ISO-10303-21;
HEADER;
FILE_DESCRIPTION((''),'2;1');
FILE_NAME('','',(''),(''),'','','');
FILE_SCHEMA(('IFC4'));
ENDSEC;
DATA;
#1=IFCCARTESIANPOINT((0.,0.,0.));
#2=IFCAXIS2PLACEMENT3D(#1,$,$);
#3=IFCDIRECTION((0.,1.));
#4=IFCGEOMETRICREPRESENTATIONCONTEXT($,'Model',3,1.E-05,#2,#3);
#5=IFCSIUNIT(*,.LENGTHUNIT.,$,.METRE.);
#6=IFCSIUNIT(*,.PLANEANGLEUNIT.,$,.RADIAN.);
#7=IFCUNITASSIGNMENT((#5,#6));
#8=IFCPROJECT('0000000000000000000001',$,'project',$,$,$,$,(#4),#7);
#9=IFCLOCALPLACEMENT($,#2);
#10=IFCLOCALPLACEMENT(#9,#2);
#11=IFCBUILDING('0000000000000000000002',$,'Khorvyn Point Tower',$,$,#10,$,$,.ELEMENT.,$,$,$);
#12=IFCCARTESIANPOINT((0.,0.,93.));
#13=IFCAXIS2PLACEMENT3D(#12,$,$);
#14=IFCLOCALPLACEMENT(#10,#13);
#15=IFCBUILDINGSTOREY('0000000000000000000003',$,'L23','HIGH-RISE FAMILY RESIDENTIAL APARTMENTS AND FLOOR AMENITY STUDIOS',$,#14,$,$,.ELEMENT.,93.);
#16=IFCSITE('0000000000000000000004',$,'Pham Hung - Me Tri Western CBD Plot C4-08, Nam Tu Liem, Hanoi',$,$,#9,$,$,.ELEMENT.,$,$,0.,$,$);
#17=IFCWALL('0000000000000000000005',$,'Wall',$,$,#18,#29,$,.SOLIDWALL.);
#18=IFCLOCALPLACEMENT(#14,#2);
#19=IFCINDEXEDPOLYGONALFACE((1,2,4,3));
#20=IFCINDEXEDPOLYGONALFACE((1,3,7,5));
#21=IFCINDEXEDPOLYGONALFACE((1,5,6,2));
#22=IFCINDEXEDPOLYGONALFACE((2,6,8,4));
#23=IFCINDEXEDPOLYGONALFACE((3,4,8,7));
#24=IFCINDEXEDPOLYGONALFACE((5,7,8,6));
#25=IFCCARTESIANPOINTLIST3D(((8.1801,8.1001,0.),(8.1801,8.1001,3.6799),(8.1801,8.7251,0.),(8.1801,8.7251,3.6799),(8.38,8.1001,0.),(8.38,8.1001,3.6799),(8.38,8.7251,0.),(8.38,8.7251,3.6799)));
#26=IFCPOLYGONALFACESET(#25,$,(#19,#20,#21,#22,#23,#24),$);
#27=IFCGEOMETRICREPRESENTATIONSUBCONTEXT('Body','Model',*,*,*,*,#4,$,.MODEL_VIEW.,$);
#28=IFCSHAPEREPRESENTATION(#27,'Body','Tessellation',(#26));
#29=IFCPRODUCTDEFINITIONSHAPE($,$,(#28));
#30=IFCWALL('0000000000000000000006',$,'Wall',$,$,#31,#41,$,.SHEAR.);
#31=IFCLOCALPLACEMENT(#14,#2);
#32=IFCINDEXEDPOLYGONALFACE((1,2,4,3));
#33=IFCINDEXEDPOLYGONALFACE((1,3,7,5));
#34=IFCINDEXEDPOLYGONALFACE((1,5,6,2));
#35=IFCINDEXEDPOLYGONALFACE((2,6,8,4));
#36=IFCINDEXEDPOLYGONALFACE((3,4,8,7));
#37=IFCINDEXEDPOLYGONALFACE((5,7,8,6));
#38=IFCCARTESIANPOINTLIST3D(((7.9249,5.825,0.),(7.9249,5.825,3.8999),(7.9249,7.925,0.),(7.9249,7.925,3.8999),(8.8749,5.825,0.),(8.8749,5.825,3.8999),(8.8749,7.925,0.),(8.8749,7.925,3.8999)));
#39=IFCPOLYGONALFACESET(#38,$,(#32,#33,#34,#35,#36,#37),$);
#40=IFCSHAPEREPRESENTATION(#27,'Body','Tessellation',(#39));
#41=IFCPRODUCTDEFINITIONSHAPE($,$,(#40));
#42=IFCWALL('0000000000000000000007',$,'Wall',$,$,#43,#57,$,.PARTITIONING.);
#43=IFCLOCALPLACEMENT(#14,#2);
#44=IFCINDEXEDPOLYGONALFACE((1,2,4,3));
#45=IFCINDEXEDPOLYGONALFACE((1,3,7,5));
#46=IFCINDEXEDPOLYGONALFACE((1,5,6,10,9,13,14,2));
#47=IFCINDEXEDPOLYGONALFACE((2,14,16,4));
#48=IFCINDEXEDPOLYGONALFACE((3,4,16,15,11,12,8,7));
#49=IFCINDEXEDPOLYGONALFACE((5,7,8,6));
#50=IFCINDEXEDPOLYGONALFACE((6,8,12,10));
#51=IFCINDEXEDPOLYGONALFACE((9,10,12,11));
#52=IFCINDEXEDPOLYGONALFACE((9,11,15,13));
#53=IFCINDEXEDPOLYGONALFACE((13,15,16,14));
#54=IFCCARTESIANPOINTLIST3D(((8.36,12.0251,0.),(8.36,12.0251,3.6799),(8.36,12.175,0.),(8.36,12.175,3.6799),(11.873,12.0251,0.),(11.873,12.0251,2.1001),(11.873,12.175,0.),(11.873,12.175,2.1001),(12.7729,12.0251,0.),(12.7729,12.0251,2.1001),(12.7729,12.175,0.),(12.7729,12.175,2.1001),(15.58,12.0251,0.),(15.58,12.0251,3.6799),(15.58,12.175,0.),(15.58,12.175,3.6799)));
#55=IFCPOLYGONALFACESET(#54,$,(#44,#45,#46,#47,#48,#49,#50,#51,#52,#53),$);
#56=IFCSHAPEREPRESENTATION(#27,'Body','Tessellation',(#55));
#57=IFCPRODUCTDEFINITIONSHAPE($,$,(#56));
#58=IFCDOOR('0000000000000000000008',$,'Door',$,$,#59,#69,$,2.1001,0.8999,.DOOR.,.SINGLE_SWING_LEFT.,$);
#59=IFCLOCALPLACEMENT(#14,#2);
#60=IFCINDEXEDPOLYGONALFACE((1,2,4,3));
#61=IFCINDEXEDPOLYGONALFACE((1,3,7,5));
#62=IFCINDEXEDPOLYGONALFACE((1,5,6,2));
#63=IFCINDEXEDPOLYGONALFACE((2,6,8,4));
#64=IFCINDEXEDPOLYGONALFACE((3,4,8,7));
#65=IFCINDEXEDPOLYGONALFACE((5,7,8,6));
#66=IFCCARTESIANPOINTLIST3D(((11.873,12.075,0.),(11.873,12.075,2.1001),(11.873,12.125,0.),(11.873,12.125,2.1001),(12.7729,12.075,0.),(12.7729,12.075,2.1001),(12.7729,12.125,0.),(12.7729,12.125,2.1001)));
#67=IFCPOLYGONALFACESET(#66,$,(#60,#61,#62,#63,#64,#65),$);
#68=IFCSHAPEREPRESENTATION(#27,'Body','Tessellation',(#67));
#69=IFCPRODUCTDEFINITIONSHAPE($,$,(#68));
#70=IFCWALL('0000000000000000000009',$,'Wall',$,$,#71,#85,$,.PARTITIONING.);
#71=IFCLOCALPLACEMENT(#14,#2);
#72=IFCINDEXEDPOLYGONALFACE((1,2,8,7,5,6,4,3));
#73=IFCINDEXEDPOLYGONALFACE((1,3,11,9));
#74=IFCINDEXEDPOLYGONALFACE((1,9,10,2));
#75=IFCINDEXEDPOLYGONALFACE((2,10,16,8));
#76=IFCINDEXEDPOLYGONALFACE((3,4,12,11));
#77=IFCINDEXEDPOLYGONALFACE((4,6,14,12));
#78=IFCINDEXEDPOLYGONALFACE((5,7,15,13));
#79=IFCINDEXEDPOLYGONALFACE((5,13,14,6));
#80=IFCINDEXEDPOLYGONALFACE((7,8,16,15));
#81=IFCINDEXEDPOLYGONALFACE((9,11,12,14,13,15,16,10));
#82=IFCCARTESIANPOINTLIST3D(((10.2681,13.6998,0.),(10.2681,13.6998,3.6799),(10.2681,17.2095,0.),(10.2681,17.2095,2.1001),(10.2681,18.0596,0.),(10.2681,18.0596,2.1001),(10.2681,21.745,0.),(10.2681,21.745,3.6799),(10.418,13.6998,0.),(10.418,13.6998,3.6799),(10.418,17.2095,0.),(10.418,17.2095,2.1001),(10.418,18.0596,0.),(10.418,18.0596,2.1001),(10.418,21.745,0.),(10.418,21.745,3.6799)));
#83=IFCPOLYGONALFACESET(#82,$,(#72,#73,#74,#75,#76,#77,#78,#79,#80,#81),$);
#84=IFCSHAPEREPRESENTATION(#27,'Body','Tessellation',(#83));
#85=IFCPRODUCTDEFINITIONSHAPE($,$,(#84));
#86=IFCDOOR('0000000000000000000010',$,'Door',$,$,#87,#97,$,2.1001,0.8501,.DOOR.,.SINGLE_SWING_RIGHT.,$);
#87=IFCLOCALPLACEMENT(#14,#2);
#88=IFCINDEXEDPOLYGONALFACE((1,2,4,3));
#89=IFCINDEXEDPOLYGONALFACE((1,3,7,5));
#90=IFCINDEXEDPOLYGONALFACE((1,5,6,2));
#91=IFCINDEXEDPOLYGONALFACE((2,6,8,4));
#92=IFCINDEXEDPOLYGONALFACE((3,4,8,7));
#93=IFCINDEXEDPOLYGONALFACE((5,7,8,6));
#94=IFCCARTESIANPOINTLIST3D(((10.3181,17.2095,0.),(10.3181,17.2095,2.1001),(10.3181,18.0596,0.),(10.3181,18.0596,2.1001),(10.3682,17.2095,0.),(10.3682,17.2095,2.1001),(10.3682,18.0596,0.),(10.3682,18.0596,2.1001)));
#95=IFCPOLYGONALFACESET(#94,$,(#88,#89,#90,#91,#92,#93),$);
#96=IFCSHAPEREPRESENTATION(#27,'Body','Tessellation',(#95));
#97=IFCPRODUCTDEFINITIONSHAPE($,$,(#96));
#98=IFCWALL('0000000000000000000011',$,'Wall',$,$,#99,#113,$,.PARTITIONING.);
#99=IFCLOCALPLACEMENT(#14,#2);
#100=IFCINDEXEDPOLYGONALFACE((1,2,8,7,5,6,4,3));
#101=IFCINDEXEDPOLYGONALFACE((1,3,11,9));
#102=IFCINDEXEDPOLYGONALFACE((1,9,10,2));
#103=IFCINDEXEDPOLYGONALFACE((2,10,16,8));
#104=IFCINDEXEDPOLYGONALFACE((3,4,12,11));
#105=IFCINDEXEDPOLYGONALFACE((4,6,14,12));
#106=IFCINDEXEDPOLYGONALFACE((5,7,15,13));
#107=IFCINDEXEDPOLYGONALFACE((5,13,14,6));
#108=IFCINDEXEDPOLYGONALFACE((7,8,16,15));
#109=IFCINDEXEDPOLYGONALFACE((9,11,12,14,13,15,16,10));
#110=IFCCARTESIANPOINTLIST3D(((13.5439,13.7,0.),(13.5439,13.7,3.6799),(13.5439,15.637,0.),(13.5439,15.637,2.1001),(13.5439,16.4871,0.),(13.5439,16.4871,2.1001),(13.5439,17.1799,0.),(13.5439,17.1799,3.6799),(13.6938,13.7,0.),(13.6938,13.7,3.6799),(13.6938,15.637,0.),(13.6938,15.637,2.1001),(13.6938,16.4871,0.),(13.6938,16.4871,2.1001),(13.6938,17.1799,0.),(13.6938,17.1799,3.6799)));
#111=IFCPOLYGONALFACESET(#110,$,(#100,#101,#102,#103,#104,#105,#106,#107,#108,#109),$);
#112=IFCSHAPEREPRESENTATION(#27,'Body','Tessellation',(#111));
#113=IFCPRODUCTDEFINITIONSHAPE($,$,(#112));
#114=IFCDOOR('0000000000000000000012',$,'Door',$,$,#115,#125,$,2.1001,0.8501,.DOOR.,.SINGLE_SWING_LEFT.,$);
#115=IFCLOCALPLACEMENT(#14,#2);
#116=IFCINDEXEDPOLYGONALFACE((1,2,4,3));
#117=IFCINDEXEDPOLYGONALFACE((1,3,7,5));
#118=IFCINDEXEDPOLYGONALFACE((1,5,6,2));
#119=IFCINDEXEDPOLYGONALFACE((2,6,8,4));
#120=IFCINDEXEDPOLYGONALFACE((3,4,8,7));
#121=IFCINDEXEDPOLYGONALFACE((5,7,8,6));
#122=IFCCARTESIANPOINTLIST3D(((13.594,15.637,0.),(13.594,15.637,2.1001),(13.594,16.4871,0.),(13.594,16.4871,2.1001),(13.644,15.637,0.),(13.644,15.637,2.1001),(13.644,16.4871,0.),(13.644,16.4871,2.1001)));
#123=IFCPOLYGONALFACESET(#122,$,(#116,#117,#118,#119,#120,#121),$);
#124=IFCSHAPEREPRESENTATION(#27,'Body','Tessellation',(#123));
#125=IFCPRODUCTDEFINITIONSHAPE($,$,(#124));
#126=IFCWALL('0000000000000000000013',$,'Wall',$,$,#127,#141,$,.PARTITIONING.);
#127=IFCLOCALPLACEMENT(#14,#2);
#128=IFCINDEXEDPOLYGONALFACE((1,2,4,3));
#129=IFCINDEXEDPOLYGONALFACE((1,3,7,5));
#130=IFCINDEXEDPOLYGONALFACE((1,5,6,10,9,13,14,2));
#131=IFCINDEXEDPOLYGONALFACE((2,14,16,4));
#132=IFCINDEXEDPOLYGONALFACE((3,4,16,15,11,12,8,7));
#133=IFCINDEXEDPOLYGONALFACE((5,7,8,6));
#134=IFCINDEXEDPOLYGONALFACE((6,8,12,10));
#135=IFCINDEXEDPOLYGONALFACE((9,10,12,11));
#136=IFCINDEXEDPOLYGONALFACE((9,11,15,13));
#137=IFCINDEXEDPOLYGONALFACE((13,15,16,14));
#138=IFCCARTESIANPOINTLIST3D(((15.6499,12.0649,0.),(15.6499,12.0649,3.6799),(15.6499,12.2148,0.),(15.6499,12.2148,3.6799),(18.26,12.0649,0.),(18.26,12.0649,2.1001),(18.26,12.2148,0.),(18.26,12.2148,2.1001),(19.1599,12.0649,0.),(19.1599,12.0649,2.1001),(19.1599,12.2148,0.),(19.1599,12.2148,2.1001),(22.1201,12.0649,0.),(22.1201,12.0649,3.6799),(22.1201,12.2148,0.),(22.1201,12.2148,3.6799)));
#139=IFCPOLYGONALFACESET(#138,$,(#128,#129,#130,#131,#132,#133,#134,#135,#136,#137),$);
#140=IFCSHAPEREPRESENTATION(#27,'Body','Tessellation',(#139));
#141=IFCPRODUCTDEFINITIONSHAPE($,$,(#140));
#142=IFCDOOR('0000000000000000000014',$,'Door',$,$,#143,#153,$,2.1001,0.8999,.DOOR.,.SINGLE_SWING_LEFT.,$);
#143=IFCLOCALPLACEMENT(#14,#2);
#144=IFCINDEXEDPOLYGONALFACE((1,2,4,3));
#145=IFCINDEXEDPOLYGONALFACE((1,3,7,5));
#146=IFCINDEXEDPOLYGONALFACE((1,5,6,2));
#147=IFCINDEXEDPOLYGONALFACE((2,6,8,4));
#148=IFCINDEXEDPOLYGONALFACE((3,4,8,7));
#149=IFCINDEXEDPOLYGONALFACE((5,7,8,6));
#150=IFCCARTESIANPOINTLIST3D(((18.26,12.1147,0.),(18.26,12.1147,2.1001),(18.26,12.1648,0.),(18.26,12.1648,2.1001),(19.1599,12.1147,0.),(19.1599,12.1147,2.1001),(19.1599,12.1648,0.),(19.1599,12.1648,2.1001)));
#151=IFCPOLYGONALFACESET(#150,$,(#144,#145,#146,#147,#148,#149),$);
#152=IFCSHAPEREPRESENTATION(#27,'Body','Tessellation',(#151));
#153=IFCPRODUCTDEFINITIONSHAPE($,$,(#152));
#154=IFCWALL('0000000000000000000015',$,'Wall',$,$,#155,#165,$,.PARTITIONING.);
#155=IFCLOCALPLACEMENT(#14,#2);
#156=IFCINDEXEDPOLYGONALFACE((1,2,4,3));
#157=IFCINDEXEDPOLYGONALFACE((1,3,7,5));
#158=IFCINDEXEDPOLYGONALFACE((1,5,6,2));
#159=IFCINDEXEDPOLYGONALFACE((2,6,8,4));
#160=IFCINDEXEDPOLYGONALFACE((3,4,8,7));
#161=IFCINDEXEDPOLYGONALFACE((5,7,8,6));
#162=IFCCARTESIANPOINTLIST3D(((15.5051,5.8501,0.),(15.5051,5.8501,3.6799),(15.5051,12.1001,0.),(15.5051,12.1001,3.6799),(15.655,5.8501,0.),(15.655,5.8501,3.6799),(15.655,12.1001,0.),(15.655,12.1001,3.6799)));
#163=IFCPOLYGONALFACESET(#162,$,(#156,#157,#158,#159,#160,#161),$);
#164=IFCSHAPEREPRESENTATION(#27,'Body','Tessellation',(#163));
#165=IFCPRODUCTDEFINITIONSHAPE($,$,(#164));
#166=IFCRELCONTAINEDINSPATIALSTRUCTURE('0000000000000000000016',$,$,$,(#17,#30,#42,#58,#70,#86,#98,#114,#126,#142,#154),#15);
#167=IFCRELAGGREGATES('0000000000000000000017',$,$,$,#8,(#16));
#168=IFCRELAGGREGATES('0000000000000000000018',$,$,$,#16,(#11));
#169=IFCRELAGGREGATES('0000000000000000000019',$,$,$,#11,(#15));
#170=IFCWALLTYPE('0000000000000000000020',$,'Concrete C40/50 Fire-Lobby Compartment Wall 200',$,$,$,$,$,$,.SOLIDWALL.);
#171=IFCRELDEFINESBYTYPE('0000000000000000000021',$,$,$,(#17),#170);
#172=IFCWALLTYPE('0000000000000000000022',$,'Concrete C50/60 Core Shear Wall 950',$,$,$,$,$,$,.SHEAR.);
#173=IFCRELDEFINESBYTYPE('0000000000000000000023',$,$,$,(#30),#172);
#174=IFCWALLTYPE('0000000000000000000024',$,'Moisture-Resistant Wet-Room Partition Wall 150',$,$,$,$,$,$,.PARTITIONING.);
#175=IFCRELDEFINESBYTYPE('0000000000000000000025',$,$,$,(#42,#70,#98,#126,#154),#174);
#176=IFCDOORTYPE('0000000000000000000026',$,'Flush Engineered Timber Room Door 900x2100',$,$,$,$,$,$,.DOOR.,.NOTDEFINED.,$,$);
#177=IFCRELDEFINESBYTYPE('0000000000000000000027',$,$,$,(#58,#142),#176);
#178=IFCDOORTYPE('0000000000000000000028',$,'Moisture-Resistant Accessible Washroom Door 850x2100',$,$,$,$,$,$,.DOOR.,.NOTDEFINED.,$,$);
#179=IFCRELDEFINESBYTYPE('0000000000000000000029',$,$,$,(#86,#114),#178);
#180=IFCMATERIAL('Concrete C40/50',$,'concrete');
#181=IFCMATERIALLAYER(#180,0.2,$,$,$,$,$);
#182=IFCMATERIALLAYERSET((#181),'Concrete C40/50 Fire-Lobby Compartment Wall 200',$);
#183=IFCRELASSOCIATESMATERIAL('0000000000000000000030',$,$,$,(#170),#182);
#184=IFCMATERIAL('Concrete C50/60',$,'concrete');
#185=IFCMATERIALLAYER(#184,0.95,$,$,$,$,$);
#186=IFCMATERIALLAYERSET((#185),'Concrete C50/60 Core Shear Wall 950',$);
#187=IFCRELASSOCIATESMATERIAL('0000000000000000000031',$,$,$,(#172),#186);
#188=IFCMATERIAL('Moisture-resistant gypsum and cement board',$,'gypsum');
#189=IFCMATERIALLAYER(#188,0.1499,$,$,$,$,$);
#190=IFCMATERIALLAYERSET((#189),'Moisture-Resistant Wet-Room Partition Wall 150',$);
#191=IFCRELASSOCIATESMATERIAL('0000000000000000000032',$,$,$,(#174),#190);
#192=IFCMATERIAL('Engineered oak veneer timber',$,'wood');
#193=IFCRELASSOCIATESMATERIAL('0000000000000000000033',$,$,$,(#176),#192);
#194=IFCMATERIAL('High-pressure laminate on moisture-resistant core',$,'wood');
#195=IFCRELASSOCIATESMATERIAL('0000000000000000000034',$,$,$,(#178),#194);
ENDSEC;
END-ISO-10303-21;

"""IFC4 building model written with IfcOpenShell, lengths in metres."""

from ifc_helpers import new_model, si_unit, direction, frame, frame_2d, origin, place, context, subcontext, project, spatial, rectangle, extrude, material, layer, layer_set, type_object, element, fill, save


model = new_model("IFC4")

# Units and contexts
model_context = context("Model", 3, precision=1e-05, world=origin(), true_north=direction((0.0, 1.0)))
body_context = subcontext(model_context, "Body", "Model", "MODEL_VIEW")
ifc_project = project(units=[si_unit("LENGTHUNIT", "METRE"), si_unit("PLANEANGLEUNIT", "RADIAN")], contexts=[model_context])

# Site, building, storey
site_placement = place(None, origin())
site = spatial("IfcSite", under=ifc_project, at=site_placement, Name="Pham Hung - Me Tri Western CBD Plot C4-08, Nam Tu Liem, Hanoi", CompositionType="ELEMENT", RefElevation=0.0)
building_placement = place(site_placement, origin())
building = spatial("IfcBuilding", under=site, at=building_placement, Name="Khorvyn Point Tower", CompositionType="ELEMENT")
storey_placement = place(building_placement, frame((0.0, 0.0, 93.0)))
storey = spatial("IfcBuildingStorey", under=building, at=storey_placement, Name="L23", Description="HIGH-RISE FAMILY RESIDENTIAL APARTMENTS AND FLOOR AMENITY STUDIOS", CompositionType="ELEMENT", Elevation=93.0)

# Shared definitions
ifc_material_1 = material(Name="Concrete C50/60", Category="concrete")

# Walls
ifc_material_2 = material(Name="Concrete C40/50", Category="concrete")
ifc_layer_1 = layer(ifc_material_2, 0.2)
ifc_layer_set_1 = layer_set([ifc_layer_1], Name="Concrete C40/50 Fire-Lobby Compartment Wall 200")
wall_type_1 = type_object("IfcWallType", Name="Concrete C40/50 Fire-Lobby Compartment Wall 200", PredefinedType="SOLIDWALL", material=ifc_layer_set_1)
wall_1_placement = place(storey_placement, frame((8.28, 8.1001, 0.0), z_axis=(0.0, 0.0, 1.0), x_axis=(0.0, 1.0, 0.0)))
element("IfcWall", 1, at=wall_1_placement, inside=storey, type_object=wall_type_1, Name="Wall", PredefinedType="SOLIDWALL", context=body_context, shape_type="SweptSolid", body=[
    extrude(rectangle(XDim=0.625, YDim=0.2, at=frame_2d((0.3125, 0.0))), origin(), (0.0, 0.0, 1.0), 3.6799),
])
ifc_layer_2 = layer(ifc_material_1, 0.95)
ifc_layer_set_2 = layer_set([ifc_layer_2], Name="Concrete C50/60 Core Shear Wall 950")
wall_type_2 = type_object("IfcWallType", Name="Concrete C50/60 Core Shear Wall 950", PredefinedType="SHEAR", material=ifc_layer_set_2)
wall_2_placement = place(storey_placement, frame((8.3999, 5.825, 0.0), z_axis=(0.0, 0.0, 1.0), x_axis=(0.0, 1.0, 0.0)))
element("IfcWall", 2, at=wall_2_placement, inside=storey, type_object=wall_type_2, Name="Wall", PredefinedType="SHEAR", context=body_context, shape_type="SweptSolid", body=[
    extrude(rectangle(XDim=2.1001, YDim=0.95, at=frame_2d((1.05, 0.0))), origin(), (0.0, 0.0, 1.0), 3.8999),
])

# Walls, openings, doors
ifc_material_3 = material(Name="Moisture-resistant gypsum and cement board", Category="gypsum")
ifc_layer_3 = layer(ifc_material_3, 0.1499)
ifc_layer_set_3 = layer_set([ifc_layer_3], Name="Moisture-Resistant Wet-Room Partition Wall 150")
wall_type_3 = type_object("IfcWallType", Name="Moisture-Resistant Wet-Room Partition Wall 150", PredefinedType="PARTITIONING", material=ifc_layer_set_3)
wall_3_placement = place(storey_placement, frame((8.3601, 12.1001, 0.0), z_axis=(0.0, 0.0, 1.0), x_axis=(1.0, 0.0, 0.0)))
wall_3 = element("IfcWall", 3, at=wall_3_placement, inside=storey, type_object=wall_type_3, Name="Wall", PredefinedType="PARTITIONING", context=body_context, shape_type="SweptSolid", body=[
    extrude(rectangle(XDim=7.22, YDim=0.1499, at=frame_2d((3.6099, 0.0))), origin(), (0.0, 0.0, 1.0), 3.6799),
])
opening_1_placement = place(wall_3_placement, frame((3.5129, 0.0, 0.0)))
opening_1 = element("IfcOpeningElement", 4, at=opening_1_placement, cuts=wall_3, PredefinedType="OPENING", context=body_context, shape_type="SweptSolid", body=[
    extrude(rectangle(XDim=0.8999, YDim=2.1001, at=frame_2d((0.45, 1.05))), frame((0.0, 0.085, 0.0), z_axis=(0.0, -1.0, 0.0), x_axis=(1.0, 0.0, 0.0)), (0.0, 0.0, 1.0), 0.1699),
])
ifc_material_4 = material(Name="Engineered oak veneer timber", Category="wood")
door_type_1 = type_object("IfcDoorType", Name="Flush Engineered Timber Room Door 900x2100", OperationType="NOTDEFINED", PredefinedType="DOOR", material=ifc_material_4)
door_1_placement = place(opening_1_placement, origin())
door_1 = element("IfcDoor", 5, at=door_1_placement, inside=storey, type_object=door_type_1, Name="Door", OperationType="SINGLE_SWING_LEFT", OverallHeight=2.1001, OverallWidth=0.8999, PredefinedType="DOOR", context=body_context, shape_type="SweptSolid", body=[
    extrude(rectangle(XDim=0.8999, YDim=2.1001, at=frame_2d((0.45, 1.05))), frame((0.0, 0.0249, 0.0), z_axis=(0.0, -1.0, 0.0), x_axis=(1.0, 0.0, 0.0)), (0.0, 0.0, 1.0), 0.05),
])
fill(opening_1, door_1)
wall_4_placement = place(storey_placement, frame((10.343, 13.7, 0.0), z_axis=(0.0, 0.0, 1.0), x_axis=(0.0, 1.0, 0.0)))
wall_4 = element("IfcWall", 6, at=wall_4_placement, inside=storey, type_object=wall_type_3, Name="Wall", PredefinedType="PARTITIONING", context=body_context, shape_type="SweptSolid", body=[
    extrude(rectangle(XDim=8.0452, YDim=0.1499, at=frame_2d((4.0225, 0.0))), origin(), (0.0, 0.0, 1.0), 3.6799),
])
opening_2_placement = place(wall_4_placement, frame((3.5095, 0.0, 0.0)))
opening_2 = element("IfcOpeningElement", 7, at=opening_2_placement, cuts=wall_4, PredefinedType="OPENING", context=body_context, shape_type="SweptSolid", body=[
    extrude(rectangle(XDim=0.8501, YDim=2.1001, at=frame_2d((0.425, 1.05))), frame((0.0, 0.085, 0.0), z_axis=(0.0, -1.0, 0.0), x_axis=(1.0, 0.0, 0.0)), (0.0, 0.0, 1.0), 0.1699),
])
ifc_material_5 = material(Name="High-pressure laminate on moisture-resistant core", Category="wood")
door_type_2 = type_object("IfcDoorType", Name="Moisture-Resistant Accessible Washroom Door 850x2100", OperationType="NOTDEFINED", PredefinedType="DOOR", material=ifc_material_5)
door_2_placement = place(opening_2_placement, origin())
door_2 = element("IfcDoor", 8, at=door_2_placement, inside=storey, type_object=door_type_2, Name="Door", OperationType="SINGLE_SWING_RIGHT", OverallHeight=2.1001, OverallWidth=0.8501, PredefinedType="DOOR", context=body_context, shape_type="SweptSolid", body=[
    extrude(rectangle(XDim=0.8501, YDim=2.1001, at=frame_2d((0.425, 1.05))), frame((0.0, 0.0249, 0.0), z_axis=(0.0, -1.0, 0.0), x_axis=(1.0, 0.0, 0.0)), (0.0, 0.0, 1.0), 0.05),
])
fill(opening_2, door_2)
wall_5_placement = place(storey_placement, frame((13.6189, 13.7, 0.0), z_axis=(0.0, 0.0, 1.0), x_axis=(0.0, 1.0, 0.0)))
wall_5 = element("IfcWall", 9, at=wall_5_placement, inside=storey, type_object=wall_type_3, Name="Wall", PredefinedType="PARTITIONING", context=body_context, shape_type="SweptSolid", body=[
    extrude(rectangle(XDim=3.48, YDim=0.1499, at=frame_2d((1.74, 0.0))), origin(), (0.0, 0.0, 1.0), 3.6799),
])
opening_3_placement = place(wall_5_placement, frame((1.937, 0.0, 0.0)))
opening_3 = element("IfcOpeningElement", 10, at=opening_3_placement, cuts=wall_5, PredefinedType="OPENING", context=body_context, shape_type="SweptSolid", body=[
    extrude(rectangle(XDim=0.8501, YDim=2.1001, at=frame_2d((0.425, 1.05))), frame((0.0, 0.085, 0.0), z_axis=(0.0, -1.0, 0.0), x_axis=(1.0, 0.0, 0.0)), (0.0, 0.0, 1.0), 0.1699),
])
door_3_placement = place(opening_3_placement, origin())
door_3 = element("IfcDoor", 11, at=door_3_placement, inside=storey, type_object=door_type_2, Name="Door", OperationType="SINGLE_SWING_LEFT", OverallHeight=2.1001, OverallWidth=0.8501, PredefinedType="DOOR", context=body_context, shape_type="SweptSolid", body=[
    extrude(rectangle(XDim=0.8501, YDim=2.1001, at=frame_2d((0.425, 1.05))), frame((0.0, 0.0249, 0.0), z_axis=(0.0, -1.0, 0.0), x_axis=(1.0, 0.0, 0.0)), (0.0, 0.0, 1.0), 0.05),
])
fill(opening_3, door_3)
wall_6_placement = place(storey_placement, frame((15.6499, 12.1399, 0.0), z_axis=(0.0, 0.0, 1.0), x_axis=(1.0, 0.0, 0.0)))
wall_6 = element("IfcWall", 12, at=wall_6_placement, inside=storey, type_object=wall_type_3, Name="Wall", PredefinedType="PARTITIONING", context=body_context, shape_type="SweptSolid", body=[
    extrude(rectangle(XDim=6.4702, YDim=0.1499, at=frame_2d((3.2351, 0.0))), origin(), (0.0, 0.0, 1.0), 3.6799),
])
opening_4_placement = place(wall_6_placement, frame((2.6101, 0.0, 0.0)))
opening_4 = element("IfcOpeningElement", 13, at=opening_4_placement, cuts=wall_6, PredefinedType="OPENING", context=body_context, shape_type="SweptSolid", body=[
    extrude(rectangle(XDim=0.8999, YDim=2.1001, at=frame_2d((0.45, 1.05))), frame((0.0, 0.085, 0.0), z_axis=(0.0, -1.0, 0.0), x_axis=(1.0, 0.0, 0.0)), (0.0, 0.0, 1.0), 0.1699),
])
door_4_placement = place(opening_4_placement, origin())
door_4 = element("IfcDoor", 14, at=door_4_placement, inside=storey, type_object=door_type_1, Name="Door", OperationType="SINGLE_SWING_LEFT", OverallHeight=2.1001, OverallWidth=0.8999, PredefinedType="DOOR", context=body_context, shape_type="SweptSolid", body=[
    extrude(rectangle(XDim=0.8999, YDim=2.1001, at=frame_2d((0.45, 1.05))), frame((0.0, 0.0249, 0.0), z_axis=(0.0, -1.0, 0.0), x_axis=(1.0, 0.0, 0.0)), (0.0, 0.0, 1.0), 0.05),
])
fill(opening_4, door_4)

# Wall
wall_7_placement = place(storey_placement, frame((15.5801, 5.8501, 0.0), z_axis=(0.0, 0.0, 1.0), x_axis=(0.0, 1.0, 0.0)))
element("IfcWall", 15, at=wall_7_placement, inside=storey, type_object=wall_type_3, Name="Wall", PredefinedType="PARTITIONING", context=body_context, shape_type="SweptSolid", body=[
    extrude(rectangle(XDim=6.25, YDim=0.1499, at=frame_2d((3.125, 0.0))), origin(), (0.0, 0.0, 1.0), 3.6799),
])

save(model, "model.ifc")
